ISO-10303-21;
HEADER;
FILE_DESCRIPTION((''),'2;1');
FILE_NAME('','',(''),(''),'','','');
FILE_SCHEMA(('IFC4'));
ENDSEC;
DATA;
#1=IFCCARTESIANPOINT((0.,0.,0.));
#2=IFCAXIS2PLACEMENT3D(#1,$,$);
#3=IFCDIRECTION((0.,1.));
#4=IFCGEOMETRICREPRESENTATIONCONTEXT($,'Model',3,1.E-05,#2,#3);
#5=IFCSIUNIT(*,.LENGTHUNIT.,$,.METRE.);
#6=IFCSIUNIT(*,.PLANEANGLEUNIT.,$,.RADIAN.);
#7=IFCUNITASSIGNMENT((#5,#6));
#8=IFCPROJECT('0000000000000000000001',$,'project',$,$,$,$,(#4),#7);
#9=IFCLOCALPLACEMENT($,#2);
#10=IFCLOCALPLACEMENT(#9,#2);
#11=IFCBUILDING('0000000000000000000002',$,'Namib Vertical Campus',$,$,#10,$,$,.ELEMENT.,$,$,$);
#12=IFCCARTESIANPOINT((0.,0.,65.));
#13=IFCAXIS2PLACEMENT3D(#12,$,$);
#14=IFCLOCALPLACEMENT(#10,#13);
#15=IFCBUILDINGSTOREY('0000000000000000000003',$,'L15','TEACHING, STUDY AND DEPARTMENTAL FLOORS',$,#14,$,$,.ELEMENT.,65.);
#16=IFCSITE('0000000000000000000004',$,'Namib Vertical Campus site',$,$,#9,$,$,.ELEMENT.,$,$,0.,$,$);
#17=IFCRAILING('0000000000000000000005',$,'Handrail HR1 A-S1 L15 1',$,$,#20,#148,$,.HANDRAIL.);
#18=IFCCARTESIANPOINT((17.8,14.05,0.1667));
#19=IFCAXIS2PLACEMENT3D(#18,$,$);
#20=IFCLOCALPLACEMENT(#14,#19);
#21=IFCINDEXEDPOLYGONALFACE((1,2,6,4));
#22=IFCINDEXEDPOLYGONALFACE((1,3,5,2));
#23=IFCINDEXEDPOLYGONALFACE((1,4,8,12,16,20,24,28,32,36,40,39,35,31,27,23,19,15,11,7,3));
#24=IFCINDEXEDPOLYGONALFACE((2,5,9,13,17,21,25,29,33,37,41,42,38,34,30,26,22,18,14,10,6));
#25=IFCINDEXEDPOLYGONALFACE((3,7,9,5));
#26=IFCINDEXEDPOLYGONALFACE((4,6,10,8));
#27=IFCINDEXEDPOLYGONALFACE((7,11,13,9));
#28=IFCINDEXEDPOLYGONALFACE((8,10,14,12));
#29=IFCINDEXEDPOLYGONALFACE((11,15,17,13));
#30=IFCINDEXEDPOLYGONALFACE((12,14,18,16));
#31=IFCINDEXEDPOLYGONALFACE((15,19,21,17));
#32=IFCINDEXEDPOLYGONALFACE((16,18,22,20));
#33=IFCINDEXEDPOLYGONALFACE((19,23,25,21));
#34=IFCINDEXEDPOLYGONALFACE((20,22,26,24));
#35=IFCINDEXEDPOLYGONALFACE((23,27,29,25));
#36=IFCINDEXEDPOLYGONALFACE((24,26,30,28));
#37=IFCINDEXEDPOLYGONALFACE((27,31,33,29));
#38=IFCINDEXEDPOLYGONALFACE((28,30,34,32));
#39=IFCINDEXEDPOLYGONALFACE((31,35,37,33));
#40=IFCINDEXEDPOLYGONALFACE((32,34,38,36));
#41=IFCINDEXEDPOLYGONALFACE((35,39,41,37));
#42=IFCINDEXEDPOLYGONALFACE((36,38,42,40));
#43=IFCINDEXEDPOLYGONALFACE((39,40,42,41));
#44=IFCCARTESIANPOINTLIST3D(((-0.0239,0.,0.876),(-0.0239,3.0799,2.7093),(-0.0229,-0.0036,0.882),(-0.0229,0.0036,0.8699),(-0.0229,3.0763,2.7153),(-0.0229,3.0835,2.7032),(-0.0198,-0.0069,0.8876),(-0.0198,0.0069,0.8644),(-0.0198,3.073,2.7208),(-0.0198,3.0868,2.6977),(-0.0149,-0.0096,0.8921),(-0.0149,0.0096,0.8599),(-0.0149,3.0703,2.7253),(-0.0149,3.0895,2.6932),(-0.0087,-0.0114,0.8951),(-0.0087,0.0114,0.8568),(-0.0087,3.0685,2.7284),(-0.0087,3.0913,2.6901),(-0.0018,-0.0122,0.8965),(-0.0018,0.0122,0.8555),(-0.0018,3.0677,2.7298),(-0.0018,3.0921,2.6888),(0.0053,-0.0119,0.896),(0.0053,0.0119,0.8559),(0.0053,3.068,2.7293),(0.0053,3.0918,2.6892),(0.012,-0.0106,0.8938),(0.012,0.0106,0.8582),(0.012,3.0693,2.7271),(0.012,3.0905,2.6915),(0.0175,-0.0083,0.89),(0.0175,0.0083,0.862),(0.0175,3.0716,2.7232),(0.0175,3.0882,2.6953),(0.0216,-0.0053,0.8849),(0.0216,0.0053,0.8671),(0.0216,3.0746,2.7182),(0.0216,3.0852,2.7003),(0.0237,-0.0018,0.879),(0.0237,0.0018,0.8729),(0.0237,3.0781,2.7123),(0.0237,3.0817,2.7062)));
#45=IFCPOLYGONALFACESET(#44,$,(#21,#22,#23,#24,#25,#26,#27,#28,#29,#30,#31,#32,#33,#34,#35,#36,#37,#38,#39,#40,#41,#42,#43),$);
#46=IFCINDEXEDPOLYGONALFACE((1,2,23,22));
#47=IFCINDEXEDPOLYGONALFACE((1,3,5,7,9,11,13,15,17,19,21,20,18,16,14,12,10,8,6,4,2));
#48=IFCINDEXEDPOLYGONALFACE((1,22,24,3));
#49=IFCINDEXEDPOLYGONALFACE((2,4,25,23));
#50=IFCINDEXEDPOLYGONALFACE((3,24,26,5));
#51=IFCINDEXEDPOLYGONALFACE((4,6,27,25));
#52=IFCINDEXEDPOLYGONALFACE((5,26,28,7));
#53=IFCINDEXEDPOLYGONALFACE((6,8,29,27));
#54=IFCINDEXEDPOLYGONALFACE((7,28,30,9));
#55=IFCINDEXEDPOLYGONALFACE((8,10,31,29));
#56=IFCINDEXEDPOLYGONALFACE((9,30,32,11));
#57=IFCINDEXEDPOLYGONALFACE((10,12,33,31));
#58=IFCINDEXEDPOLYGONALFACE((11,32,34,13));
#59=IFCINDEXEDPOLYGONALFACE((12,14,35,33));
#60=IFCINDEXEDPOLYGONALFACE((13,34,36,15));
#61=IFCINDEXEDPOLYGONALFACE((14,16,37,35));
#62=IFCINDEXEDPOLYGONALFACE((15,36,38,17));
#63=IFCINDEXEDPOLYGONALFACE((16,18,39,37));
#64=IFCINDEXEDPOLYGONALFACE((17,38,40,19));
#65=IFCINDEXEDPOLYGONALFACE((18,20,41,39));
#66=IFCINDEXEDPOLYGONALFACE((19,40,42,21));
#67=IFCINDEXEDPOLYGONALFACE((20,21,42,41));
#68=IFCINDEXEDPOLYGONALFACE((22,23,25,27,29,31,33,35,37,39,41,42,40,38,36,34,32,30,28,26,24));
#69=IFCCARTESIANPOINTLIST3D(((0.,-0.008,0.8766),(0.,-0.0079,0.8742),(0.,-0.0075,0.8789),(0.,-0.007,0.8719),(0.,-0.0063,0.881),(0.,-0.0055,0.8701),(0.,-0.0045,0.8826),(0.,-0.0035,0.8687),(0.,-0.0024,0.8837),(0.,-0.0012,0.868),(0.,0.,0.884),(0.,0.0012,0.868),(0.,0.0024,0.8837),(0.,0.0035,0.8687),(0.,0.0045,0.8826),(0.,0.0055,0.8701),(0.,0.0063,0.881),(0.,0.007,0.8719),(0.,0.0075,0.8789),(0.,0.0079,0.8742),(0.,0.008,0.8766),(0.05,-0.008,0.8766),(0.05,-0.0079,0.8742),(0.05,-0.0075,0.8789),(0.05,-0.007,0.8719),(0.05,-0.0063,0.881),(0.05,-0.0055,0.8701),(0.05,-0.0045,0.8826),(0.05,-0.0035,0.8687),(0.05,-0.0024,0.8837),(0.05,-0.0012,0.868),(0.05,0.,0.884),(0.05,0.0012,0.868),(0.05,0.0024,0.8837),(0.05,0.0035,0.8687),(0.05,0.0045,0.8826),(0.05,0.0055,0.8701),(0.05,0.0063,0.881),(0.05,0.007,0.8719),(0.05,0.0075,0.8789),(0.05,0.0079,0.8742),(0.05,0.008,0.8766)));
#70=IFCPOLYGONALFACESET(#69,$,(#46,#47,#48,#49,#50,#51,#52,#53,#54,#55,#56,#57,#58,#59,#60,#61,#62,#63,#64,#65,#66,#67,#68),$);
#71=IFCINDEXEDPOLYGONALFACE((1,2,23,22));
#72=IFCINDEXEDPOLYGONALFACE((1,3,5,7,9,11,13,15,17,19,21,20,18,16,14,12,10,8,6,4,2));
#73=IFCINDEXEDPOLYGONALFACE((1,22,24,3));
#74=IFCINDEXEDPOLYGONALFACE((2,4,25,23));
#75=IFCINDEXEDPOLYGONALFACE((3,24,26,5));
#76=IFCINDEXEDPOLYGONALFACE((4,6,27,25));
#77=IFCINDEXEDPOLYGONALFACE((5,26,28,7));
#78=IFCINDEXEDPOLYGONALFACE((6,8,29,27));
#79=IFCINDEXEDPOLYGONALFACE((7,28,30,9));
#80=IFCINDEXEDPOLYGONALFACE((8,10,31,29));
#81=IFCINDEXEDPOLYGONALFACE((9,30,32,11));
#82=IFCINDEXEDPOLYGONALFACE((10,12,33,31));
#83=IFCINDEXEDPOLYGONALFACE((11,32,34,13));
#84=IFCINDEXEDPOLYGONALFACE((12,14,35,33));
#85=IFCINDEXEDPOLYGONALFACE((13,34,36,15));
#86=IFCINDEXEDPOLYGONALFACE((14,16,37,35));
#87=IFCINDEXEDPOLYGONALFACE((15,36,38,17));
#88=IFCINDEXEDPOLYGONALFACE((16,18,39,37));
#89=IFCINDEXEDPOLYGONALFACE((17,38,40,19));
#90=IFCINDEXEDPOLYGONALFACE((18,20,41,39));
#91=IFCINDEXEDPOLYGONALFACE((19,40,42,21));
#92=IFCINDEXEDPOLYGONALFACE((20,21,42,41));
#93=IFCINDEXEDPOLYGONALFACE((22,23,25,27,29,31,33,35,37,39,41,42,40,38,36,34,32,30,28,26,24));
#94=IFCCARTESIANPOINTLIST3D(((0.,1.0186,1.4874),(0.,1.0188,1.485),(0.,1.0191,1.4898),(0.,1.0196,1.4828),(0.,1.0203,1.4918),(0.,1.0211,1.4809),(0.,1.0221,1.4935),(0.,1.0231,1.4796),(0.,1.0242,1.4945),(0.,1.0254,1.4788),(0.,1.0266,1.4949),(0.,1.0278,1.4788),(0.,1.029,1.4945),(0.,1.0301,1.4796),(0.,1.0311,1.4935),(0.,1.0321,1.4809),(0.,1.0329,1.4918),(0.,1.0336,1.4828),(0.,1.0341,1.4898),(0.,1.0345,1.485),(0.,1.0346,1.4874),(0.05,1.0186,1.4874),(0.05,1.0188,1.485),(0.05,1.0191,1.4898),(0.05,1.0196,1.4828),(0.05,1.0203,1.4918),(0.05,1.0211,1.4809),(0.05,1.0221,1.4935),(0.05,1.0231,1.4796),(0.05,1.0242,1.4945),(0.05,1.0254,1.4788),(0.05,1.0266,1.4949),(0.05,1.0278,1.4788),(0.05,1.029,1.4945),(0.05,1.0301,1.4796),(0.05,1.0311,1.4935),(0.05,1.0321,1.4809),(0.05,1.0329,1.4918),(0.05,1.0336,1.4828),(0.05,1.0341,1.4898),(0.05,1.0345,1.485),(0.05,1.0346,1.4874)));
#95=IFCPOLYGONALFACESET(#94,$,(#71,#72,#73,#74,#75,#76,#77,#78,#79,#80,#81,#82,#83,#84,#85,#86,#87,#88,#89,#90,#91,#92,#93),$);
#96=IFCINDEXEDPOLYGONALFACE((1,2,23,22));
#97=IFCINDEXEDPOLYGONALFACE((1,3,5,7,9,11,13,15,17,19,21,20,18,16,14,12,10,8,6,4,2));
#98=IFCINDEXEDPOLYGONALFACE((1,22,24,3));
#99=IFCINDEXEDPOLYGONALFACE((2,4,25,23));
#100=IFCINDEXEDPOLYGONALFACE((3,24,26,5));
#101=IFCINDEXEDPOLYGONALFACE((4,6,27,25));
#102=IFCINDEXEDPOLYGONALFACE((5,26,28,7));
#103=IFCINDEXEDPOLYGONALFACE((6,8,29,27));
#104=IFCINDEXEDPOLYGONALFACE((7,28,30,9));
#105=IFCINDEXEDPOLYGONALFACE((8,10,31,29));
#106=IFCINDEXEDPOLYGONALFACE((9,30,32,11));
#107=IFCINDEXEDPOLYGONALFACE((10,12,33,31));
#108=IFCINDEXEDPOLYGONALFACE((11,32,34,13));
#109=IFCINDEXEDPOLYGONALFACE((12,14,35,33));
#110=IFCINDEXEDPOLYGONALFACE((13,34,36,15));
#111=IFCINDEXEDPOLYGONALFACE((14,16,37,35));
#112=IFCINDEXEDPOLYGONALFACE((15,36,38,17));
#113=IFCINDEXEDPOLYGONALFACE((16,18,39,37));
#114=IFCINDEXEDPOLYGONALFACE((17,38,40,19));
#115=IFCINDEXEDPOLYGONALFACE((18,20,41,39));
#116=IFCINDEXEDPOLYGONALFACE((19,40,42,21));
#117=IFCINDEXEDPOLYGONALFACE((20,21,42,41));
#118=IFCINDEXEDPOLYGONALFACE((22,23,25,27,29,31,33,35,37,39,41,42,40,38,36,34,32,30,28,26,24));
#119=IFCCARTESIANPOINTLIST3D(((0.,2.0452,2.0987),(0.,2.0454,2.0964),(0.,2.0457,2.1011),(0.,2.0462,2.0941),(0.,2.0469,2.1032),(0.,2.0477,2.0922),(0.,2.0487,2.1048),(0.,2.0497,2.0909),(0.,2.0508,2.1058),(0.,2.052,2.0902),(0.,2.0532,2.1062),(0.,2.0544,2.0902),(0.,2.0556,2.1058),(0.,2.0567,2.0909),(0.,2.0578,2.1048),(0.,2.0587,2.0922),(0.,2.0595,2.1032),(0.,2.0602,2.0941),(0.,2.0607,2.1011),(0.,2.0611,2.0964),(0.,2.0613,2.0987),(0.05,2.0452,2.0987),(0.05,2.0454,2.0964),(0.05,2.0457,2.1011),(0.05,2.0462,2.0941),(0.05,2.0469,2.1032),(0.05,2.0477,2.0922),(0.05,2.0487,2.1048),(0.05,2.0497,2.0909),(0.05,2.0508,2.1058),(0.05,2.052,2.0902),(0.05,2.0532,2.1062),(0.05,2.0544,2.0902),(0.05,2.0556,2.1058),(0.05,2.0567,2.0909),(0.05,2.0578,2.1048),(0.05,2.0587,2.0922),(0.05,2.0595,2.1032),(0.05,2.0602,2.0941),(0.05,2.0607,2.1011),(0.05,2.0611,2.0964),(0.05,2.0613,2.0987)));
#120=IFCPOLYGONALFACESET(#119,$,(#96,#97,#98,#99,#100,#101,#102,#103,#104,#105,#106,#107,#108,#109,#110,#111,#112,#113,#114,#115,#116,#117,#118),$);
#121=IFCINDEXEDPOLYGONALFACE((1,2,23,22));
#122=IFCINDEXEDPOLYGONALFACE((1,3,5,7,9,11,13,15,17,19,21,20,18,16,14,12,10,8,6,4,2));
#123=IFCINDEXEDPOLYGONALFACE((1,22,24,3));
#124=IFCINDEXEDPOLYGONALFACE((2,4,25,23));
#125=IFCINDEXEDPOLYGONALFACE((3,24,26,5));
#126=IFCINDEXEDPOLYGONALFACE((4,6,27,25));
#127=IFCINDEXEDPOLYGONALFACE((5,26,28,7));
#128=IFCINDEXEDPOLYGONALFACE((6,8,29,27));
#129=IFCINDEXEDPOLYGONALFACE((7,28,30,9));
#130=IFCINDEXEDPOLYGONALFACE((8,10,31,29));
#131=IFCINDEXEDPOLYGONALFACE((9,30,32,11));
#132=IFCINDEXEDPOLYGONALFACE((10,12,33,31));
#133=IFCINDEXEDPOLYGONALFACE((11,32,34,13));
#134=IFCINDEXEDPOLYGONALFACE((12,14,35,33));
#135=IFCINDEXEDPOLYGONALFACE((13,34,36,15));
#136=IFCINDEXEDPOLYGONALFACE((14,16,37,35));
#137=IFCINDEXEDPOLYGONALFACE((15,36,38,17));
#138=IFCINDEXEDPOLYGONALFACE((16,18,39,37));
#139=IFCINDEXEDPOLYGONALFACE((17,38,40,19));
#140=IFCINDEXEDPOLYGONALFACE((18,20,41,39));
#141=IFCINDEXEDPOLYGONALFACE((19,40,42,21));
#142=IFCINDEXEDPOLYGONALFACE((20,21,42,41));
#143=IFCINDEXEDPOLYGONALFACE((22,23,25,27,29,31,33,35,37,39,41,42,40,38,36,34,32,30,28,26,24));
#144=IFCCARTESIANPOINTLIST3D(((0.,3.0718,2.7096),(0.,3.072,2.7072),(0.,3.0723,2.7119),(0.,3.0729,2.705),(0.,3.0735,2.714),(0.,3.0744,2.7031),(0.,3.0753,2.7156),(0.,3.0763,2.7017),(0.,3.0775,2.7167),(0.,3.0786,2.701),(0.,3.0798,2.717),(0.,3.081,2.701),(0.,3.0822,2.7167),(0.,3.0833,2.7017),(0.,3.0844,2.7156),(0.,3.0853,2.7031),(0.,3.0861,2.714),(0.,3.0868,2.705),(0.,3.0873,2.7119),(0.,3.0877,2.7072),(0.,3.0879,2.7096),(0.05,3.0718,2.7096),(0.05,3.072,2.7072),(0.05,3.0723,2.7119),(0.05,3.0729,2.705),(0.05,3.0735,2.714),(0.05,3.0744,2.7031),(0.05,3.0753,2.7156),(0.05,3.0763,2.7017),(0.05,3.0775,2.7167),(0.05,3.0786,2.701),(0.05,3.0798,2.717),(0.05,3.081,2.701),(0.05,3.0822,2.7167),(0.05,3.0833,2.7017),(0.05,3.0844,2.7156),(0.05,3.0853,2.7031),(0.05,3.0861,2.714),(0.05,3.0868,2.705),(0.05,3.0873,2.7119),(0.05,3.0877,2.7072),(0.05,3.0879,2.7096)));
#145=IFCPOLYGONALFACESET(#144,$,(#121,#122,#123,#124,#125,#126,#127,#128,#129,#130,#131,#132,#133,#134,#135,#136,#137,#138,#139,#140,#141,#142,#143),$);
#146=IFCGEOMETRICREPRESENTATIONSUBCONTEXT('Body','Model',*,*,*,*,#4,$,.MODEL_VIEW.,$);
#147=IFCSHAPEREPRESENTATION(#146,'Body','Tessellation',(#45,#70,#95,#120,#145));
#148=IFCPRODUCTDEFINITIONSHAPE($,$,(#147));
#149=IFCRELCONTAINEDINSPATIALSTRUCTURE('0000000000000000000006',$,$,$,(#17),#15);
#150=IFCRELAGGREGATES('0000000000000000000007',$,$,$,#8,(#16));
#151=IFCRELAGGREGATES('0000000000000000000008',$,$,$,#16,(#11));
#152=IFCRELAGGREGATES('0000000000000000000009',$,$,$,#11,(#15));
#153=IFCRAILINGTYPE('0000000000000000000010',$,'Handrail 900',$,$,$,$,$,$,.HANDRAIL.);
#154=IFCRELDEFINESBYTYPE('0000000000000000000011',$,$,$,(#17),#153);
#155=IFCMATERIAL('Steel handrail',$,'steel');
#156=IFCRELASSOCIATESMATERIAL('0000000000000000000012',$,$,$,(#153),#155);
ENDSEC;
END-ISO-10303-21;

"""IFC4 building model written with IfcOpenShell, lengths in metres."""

from ifc_helpers import new_model, si_unit, direction, frame, origin, origin_2d, place, context, subcontext, project, spatial, circle, extrude, material, type_object, element, save


model = new_model("IFC4")

# Units and contexts
model_context = context("Model", 3, precision=1e-05, world=origin(), true_north=direction((0.0, 1.0)))
body_context = subcontext(model_context, "Body", "Model", "MODEL_VIEW")
ifc_project = project(units=[si_unit("LENGTHUNIT", "METRE"), si_unit("PLANEANGLEUNIT", "RADIAN")], contexts=[model_context])

# Site, building, storey
site_placement = place(None, origin())
site = spatial("IfcSite", under=ifc_project, at=site_placement, Name="Namib Vertical Campus site", CompositionType="ELEMENT", RefElevation=0.0)
building_placement = place(site_placement, origin())
building = spatial("IfcBuilding", under=site, at=building_placement, Name="Namib Vertical Campus", CompositionType="ELEMENT")
storey_placement = place(building_placement, frame((0.0, 0.0, 65.0)))
storey = spatial("IfcBuildingStorey", under=building, at=storey_placement, Name="L15", Description="TEACHING, STUDY AND DEPARTMENTAL FLOORS", CompositionType="ELEMENT", Elevation=65.0)

# Railing
ifc_material_1 = material(Name="Steel handrail", Category="steel")
railing_type_1 = type_object("IfcRailingType", Name="Handrail 900", PredefinedType="HANDRAIL", material=ifc_material_1)
railing_1_placement = place(storey_placement, frame((17.8, 14.05, 0.1667)))
element("IfcRailing", 1, at=railing_1_placement, inside=storey, type_object=railing_type_1, Name="Handrail HR1 A-S1 L15 1", PredefinedType="HANDRAIL", context=body_context, shape_type="SweptSolid", body=[
    extrude(circle(Radius=0.0239, at=origin_2d()), frame((0.0, 0.0, 0.876), z_axis=(0.0, 0.859291, 0.511487), x_axis=(-1.0, 0.0, 0.0)), (0.0, 0.0, 1.0), 3.5842),
    extrude(circle(Radius=0.0081, at=origin_2d()), frame((0.0, 0.0, 0.876), z_axis=(1.0, 0.0, 0.0), x_axis=(0.0, 0.0, 1.0)), (0.0, 0.0, 1.0), 0.05),
    extrude(circle(Radius=0.0081, at=origin_2d()), frame((0.0, 1.0266, 1.4868), z_axis=(1.0, 0.0, 0.0), x_axis=(0.0, 0.0, 1.0)), (0.0, 0.0, 1.0), 0.05),
    extrude(circle(Radius=0.0081, at=origin_2d()), frame((0.0, 2.0532, 2.0981), z_axis=(1.0, 0.0, 0.0), x_axis=(0.0, 0.0, 1.0)), (0.0, 0.0, 1.0), 0.05),
    extrude(circle(Radius=0.0081, at=origin_2d()), frame((0.0, 3.0798, 2.709), z_axis=(1.0, 0.0, 0.0), x_axis=(0.0, 0.0, 1.0)), (0.0, 0.0, 1.0), 0.05),
])

save(model, "model.ifc")
